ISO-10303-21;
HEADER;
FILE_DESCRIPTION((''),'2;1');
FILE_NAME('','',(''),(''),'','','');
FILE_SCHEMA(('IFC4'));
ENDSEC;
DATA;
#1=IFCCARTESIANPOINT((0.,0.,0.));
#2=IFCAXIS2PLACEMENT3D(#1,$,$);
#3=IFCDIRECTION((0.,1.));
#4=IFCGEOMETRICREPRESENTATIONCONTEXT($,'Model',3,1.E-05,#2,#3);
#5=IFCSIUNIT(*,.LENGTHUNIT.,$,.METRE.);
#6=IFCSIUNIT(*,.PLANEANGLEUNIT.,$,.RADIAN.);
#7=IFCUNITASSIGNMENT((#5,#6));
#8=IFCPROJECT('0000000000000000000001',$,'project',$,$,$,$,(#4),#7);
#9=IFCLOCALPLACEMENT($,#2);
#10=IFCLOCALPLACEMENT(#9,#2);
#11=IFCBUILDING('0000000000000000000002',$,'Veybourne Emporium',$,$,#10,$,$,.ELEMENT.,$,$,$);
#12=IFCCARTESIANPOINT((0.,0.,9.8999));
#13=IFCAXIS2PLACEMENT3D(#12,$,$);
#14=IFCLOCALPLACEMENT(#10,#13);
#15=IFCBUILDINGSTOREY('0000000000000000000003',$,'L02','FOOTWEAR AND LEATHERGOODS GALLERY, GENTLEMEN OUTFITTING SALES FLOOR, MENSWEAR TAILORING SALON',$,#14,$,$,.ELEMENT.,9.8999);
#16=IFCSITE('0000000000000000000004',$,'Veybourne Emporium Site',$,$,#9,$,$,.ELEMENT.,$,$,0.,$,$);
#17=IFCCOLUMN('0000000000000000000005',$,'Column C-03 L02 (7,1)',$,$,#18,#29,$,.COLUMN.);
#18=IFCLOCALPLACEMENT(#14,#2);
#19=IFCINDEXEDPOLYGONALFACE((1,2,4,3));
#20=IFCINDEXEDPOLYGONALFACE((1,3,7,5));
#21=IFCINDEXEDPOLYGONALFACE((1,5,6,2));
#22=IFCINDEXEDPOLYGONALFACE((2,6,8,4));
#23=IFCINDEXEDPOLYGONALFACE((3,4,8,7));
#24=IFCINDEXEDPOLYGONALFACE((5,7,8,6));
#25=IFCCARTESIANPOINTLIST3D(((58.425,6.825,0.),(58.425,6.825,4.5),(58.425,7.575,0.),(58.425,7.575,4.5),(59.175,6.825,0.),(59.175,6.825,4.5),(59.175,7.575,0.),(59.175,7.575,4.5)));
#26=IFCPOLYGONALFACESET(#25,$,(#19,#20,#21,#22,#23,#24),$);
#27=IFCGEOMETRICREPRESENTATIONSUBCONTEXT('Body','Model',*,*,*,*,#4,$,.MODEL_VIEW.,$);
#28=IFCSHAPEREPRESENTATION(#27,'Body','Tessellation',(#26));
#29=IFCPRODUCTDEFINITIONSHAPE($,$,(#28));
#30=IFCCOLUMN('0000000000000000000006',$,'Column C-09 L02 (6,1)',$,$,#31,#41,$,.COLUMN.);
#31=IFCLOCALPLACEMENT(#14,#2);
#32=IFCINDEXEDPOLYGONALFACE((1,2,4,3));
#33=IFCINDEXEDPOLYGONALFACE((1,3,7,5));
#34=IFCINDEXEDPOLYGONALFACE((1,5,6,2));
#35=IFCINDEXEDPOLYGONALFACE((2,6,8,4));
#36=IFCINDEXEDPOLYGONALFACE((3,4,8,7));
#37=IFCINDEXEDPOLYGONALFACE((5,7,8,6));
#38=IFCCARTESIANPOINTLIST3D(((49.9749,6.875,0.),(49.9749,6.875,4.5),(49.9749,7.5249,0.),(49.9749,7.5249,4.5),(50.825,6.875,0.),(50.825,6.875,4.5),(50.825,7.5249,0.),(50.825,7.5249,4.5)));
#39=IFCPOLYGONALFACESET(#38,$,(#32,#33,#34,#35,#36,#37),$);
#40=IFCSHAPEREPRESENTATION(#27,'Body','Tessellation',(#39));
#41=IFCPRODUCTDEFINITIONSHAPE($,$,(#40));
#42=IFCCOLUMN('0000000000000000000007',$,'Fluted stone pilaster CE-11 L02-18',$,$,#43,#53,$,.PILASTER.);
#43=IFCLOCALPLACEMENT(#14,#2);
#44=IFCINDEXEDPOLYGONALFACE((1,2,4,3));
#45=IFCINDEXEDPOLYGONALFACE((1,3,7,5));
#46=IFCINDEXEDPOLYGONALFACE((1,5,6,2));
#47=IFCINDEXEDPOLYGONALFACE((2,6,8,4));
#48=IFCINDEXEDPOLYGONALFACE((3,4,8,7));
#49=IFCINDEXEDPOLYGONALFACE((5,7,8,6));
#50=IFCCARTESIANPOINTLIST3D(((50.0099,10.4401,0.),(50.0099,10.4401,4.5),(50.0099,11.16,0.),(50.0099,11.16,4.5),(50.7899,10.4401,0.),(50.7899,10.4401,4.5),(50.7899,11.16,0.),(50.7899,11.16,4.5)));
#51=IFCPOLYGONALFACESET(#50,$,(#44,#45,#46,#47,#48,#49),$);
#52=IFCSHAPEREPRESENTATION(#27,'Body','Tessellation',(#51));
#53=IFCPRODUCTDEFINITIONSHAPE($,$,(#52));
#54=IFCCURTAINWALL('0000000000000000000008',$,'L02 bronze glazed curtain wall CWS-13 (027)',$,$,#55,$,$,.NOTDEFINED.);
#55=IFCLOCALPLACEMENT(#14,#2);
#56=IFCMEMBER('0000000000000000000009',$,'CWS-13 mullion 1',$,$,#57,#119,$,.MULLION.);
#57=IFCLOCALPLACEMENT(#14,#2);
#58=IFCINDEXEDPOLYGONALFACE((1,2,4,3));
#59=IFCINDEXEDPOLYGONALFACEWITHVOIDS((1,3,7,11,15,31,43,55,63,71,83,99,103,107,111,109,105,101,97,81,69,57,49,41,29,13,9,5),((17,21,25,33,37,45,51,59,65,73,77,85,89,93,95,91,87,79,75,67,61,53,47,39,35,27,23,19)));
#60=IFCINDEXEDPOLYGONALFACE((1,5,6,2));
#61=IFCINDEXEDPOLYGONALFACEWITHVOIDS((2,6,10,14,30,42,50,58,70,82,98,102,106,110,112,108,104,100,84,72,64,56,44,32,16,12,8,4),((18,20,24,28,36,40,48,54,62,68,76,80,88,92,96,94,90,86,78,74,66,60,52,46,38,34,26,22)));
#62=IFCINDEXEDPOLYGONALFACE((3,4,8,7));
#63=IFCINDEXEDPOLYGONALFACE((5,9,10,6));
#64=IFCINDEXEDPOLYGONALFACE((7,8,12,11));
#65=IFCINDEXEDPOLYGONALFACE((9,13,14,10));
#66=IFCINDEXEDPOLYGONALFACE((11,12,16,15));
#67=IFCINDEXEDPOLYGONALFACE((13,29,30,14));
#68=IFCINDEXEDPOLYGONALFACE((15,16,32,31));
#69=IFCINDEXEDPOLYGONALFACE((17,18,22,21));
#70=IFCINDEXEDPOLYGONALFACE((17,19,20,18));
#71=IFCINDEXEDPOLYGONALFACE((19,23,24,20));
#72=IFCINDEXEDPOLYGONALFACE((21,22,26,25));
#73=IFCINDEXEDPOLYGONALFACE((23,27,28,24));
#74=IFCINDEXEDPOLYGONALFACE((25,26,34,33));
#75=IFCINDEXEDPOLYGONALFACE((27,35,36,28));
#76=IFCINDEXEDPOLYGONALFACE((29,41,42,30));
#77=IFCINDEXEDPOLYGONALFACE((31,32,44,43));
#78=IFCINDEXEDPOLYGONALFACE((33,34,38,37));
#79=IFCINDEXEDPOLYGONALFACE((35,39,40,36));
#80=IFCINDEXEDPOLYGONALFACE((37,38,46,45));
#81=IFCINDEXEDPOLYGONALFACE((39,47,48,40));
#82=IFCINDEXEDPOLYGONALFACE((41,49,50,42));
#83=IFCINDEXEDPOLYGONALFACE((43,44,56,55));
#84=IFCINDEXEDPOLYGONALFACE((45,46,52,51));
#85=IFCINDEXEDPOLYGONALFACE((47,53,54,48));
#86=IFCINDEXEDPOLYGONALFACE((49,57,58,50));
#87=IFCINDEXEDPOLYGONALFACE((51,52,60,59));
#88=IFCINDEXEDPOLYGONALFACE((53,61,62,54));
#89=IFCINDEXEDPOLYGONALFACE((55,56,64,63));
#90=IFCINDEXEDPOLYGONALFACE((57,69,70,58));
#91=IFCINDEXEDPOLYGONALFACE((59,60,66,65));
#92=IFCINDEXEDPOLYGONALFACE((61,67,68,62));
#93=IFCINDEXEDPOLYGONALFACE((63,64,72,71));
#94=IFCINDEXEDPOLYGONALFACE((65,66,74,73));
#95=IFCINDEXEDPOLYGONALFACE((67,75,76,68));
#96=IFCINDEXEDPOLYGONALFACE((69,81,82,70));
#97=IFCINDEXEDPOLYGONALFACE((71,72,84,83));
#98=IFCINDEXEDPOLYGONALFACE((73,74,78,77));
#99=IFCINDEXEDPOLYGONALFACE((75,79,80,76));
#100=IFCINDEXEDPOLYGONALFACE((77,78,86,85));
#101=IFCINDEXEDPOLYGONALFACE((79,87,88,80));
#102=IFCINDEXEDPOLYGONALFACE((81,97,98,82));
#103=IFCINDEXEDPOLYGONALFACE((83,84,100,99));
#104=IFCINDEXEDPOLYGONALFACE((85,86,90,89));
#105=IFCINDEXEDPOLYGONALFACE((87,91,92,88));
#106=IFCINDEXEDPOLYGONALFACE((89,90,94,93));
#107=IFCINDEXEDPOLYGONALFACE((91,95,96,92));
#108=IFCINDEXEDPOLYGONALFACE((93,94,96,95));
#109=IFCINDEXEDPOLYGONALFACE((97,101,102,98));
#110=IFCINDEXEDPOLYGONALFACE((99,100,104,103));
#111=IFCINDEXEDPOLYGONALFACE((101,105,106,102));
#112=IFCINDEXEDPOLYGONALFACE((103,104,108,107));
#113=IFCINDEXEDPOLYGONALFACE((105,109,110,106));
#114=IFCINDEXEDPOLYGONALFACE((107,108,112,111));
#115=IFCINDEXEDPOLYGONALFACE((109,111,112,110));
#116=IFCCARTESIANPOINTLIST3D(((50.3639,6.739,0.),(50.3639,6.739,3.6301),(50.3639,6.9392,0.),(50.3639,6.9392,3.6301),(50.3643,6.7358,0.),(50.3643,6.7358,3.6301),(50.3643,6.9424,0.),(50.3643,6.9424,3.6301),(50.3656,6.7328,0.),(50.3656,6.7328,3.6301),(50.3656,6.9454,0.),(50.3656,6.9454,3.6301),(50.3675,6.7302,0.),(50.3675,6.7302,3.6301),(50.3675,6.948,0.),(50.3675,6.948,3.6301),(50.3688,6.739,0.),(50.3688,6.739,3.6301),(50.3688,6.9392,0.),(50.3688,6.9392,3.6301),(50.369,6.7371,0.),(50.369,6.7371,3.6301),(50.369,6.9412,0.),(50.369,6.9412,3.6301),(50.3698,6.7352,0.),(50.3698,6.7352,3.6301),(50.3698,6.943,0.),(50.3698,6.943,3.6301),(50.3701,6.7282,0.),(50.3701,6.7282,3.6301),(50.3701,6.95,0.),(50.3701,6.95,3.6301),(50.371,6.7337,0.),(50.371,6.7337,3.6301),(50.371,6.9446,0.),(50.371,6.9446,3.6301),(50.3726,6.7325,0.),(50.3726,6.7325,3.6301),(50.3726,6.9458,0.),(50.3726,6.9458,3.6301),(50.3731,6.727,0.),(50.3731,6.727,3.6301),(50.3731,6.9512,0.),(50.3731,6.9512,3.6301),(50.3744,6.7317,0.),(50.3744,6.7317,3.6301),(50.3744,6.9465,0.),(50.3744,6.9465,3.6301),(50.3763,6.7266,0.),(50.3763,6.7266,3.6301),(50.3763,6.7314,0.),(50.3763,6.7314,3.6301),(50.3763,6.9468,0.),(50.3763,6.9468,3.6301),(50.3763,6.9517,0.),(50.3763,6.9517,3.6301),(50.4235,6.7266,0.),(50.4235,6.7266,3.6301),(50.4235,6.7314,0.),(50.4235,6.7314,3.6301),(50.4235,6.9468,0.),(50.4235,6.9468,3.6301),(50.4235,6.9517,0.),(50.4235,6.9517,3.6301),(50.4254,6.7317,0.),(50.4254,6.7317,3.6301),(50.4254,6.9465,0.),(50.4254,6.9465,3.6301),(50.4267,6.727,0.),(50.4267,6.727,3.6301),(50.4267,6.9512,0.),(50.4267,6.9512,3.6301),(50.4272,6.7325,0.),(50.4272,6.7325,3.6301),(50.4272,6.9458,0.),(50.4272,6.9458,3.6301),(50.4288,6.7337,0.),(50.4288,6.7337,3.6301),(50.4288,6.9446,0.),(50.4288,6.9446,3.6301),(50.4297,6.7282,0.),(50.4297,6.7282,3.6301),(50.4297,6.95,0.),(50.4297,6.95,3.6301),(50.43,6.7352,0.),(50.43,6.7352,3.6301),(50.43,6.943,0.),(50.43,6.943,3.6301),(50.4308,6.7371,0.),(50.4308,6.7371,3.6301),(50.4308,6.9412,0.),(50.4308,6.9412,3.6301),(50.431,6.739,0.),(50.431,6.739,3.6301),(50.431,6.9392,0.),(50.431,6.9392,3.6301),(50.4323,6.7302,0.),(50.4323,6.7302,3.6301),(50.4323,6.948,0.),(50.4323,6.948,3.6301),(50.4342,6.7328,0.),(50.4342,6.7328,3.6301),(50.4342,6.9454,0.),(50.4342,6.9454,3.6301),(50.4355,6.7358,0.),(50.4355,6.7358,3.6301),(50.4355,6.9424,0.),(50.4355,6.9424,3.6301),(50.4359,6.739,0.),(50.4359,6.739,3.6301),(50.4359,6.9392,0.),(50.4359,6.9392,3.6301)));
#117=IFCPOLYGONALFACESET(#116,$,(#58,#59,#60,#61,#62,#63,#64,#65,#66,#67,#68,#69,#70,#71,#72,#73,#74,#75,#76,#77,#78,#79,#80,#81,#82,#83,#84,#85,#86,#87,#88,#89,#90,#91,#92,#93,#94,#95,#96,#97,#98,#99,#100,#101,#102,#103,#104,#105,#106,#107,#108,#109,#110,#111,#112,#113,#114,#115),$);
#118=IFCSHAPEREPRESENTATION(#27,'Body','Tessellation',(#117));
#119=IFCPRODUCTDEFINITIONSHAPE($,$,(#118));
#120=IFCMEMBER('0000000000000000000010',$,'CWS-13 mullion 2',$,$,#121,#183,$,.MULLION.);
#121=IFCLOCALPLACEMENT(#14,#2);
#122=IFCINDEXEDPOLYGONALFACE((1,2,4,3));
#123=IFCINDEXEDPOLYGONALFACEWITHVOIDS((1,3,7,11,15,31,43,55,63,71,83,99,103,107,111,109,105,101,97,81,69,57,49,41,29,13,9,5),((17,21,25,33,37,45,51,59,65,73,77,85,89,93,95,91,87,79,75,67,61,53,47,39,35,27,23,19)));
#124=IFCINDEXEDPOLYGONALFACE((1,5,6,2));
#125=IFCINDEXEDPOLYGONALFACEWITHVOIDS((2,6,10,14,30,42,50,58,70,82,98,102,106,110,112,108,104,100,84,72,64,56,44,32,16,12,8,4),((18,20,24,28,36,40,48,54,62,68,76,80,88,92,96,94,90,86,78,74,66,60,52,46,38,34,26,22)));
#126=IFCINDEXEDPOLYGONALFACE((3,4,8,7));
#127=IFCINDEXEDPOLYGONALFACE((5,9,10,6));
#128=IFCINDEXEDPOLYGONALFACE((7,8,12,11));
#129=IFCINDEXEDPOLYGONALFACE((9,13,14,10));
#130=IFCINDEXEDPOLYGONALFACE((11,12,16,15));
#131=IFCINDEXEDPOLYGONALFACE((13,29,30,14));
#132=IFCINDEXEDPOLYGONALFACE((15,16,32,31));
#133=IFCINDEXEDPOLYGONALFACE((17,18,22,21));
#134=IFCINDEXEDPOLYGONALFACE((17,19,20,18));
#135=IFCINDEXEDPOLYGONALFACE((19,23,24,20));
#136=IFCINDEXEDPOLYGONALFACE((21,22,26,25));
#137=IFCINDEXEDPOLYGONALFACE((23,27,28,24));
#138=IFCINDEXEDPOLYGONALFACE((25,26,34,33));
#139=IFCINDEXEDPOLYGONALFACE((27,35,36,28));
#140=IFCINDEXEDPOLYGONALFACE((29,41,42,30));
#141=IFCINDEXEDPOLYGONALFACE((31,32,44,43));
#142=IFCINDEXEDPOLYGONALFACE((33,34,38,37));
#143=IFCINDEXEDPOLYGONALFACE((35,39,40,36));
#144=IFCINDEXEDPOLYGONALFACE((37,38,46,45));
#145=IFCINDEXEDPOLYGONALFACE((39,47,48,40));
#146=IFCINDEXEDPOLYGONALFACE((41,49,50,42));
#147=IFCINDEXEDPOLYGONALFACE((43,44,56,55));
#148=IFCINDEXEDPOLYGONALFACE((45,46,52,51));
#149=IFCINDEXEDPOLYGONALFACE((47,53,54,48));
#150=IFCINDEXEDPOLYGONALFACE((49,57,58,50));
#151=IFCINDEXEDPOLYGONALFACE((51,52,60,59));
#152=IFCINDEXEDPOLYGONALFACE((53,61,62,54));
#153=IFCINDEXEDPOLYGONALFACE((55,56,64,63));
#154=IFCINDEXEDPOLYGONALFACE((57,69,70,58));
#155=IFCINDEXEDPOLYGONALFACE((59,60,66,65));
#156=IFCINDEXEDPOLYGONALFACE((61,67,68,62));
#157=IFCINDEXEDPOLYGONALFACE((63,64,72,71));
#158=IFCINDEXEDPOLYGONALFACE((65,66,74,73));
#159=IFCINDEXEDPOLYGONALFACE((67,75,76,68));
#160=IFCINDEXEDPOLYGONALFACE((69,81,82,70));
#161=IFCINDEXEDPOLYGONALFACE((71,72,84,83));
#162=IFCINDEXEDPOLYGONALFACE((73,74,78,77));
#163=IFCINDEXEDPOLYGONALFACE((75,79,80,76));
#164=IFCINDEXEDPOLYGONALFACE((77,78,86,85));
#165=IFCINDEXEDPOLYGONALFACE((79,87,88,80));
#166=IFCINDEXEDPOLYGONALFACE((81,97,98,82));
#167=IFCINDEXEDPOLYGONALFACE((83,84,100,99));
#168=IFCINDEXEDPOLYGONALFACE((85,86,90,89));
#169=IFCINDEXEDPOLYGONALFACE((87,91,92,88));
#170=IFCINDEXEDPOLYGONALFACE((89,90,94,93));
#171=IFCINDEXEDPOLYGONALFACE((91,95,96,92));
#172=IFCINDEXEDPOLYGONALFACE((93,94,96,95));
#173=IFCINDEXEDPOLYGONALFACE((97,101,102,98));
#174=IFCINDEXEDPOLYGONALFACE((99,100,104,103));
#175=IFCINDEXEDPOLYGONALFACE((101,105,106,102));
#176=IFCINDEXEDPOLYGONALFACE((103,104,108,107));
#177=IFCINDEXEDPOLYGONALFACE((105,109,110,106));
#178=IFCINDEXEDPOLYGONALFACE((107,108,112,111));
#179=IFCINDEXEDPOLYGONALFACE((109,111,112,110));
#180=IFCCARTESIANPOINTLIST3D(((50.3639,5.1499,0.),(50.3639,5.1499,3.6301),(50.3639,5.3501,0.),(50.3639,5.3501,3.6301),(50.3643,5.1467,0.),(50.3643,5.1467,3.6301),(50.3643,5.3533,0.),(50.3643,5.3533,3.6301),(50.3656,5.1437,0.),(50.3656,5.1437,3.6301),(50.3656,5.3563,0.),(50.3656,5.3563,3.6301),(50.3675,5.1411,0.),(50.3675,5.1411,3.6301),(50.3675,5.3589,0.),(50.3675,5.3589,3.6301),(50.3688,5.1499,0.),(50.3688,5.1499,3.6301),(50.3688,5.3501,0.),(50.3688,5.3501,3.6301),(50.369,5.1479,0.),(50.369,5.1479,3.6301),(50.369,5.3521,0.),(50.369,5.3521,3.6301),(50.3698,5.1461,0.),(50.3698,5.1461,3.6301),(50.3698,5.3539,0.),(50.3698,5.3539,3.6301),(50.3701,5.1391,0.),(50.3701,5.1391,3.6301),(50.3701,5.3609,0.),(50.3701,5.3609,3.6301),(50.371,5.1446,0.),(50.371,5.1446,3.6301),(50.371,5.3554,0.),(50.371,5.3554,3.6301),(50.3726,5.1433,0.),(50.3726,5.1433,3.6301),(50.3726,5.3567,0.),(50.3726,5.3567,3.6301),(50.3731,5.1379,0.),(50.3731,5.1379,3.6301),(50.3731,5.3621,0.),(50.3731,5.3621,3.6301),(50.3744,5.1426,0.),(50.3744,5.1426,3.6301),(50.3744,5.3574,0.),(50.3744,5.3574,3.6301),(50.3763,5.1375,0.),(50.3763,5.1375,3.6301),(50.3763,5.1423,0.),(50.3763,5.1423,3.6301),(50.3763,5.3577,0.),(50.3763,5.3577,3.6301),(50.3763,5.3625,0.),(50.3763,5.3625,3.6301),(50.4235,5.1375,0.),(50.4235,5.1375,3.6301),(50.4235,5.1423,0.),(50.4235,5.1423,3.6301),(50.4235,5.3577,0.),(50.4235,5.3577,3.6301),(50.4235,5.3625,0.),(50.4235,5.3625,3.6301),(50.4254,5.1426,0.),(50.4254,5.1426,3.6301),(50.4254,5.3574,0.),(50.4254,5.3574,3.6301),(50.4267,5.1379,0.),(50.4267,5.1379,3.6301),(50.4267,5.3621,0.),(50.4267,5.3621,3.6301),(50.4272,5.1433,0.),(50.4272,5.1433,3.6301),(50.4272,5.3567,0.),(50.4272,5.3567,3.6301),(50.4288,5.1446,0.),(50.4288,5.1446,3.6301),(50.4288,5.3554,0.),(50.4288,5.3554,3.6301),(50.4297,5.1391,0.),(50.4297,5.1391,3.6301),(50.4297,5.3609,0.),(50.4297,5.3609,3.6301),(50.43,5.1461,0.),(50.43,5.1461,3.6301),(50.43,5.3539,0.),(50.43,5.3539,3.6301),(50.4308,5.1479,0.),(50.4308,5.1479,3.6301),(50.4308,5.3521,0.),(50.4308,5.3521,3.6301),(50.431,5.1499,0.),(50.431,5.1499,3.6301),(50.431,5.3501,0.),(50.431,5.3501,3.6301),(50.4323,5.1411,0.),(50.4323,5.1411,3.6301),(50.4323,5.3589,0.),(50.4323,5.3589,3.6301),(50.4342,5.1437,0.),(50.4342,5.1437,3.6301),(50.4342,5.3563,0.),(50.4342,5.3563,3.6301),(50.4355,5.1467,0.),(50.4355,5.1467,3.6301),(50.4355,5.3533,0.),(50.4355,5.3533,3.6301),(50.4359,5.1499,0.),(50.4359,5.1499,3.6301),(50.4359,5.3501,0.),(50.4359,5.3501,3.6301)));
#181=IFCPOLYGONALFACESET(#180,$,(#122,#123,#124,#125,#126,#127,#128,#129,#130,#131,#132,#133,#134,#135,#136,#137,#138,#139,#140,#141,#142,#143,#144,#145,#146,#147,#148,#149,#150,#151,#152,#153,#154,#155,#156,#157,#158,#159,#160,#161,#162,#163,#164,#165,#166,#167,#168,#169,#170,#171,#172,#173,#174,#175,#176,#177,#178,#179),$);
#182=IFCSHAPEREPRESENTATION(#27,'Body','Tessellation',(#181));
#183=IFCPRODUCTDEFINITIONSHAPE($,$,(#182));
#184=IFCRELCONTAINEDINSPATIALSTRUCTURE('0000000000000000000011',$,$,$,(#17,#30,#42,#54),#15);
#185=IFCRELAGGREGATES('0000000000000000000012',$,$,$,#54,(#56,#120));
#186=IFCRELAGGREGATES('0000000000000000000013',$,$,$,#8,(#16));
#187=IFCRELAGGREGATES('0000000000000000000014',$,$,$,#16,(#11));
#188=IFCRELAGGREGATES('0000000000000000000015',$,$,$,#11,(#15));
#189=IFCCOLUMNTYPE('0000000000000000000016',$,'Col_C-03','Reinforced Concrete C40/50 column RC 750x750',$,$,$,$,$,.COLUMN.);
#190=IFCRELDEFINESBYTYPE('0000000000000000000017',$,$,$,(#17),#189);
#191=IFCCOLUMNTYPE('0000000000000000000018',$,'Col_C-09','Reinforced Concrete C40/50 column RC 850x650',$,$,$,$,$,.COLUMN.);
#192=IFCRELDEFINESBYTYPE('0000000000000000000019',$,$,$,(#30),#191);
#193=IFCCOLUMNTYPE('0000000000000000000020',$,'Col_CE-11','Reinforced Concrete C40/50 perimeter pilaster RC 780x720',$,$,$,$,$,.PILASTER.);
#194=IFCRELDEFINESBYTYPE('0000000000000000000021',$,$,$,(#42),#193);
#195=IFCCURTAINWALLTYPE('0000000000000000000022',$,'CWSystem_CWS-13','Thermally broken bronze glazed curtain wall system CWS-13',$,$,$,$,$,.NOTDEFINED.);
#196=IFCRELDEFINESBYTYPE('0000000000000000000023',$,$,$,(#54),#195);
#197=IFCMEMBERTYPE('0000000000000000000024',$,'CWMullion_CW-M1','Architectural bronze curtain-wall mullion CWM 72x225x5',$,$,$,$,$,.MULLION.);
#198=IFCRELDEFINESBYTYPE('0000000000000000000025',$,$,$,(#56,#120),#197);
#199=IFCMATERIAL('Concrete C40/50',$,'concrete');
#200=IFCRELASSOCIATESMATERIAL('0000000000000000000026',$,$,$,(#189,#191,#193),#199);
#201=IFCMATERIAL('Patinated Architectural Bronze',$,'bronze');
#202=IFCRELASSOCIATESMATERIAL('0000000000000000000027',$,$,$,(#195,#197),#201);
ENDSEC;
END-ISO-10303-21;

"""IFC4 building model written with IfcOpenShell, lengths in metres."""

from ifc_helpers import new_model, si_unit, direction, frame, origin, origin_2d, place, context, subcontext, project, spatial, rectangle, hollow_rectangle, extrude, material, material_profile, profile_set, type_object, element, aggregate, save


model = new_model("IFC4")

# Units and contexts
model_context = context("Model", 3, precision=1e-05, world=origin(), true_north=direction((0.0, 1.0)))
body_context = subcontext(model_context, "Body", "Model", "MODEL_VIEW")
ifc_project = project(units=[si_unit("LENGTHUNIT", "METRE"), si_unit("PLANEANGLEUNIT", "RADIAN")], contexts=[model_context])

# Site, building, storey
site_placement = place(None, origin())
site = spatial("IfcSite", under=ifc_project, at=site_placement, Name="Veybourne Emporium Site", CompositionType="ELEMENT", RefElevation=0.0)
building_placement = place(site_placement, origin())
building = spatial("IfcBuilding", under=site, at=building_placement, Name="Veybourne Emporium", CompositionType="ELEMENT")
storey_placement = place(building_placement, frame((0.0, 0.0, 9.8999)))
storey = spatial("IfcBuildingStorey", under=building, at=storey_placement, Name="L02", Description="FOOTWEAR AND LEATHERGOODS GALLERY, GENTLEMEN OUTFITTING SALES FLOOR, MENSWEAR TAILORING SALON", CompositionType="ELEMENT", Elevation=9.8999)

# Columns
ifc_material_1 = material(Name="Concrete C40/50", Category="concrete")
ifc_material_profile_1 = material_profile(ifc_material_1, rectangle(XDim=0.75, YDim=0.75, at=origin_2d()), Name="RC 750x750")
ifc_profile_set_1 = profile_set([ifc_material_profile_1], Name="Concrete C40/50")
column_type_1 = type_object("IfcColumnType", Name="Col_C-03", Description="Reinforced Concrete C40/50 column RC 750x750", PredefinedType="COLUMN", material=ifc_profile_set_1)
column_1_placement = place(storey_placement, frame((58.8, 7.2, 0.0), z_axis=(0.0, 0.0, 1.0), x_axis=(1.0, 0.0, 0.0)))
element("IfcColumn", 1, at=column_1_placement, inside=storey, type_object=column_type_1, Name="Column C-03 L02 (7,1)", PredefinedType="COLUMN", context=body_context, shape_type="SweptSolid", body=[
    extrude(rectangle(XDim=0.75, YDim=0.75, at=origin_2d()), origin(), (0.0, 0.0, 1.0), 4.5),
])
ifc_material_profile_2 = material_profile(ifc_material_1, rectangle(XDim=0.8501, YDim=0.6499, at=origin_2d()), Name="RC 850x650")
ifc_profile_set_2 = profile_set([ifc_material_profile_2], Name="Concrete C40/50")
column_type_2 = type_object("IfcColumnType", Name="Col_C-09", Description="Reinforced Concrete C40/50 column RC 850x650", PredefinedType="COLUMN", material=ifc_profile_set_2)
column_2_placement = place(storey_placement, frame((50.3999, 7.2, 0.0), z_axis=(0.0, 0.0, 1.0), x_axis=(1.0, 0.0, 0.0)))
element("IfcColumn", 2, at=column_2_placement, inside=storey, type_object=column_type_2, Name="Column C-09 L02 (6,1)", PredefinedType="COLUMN", context=body_context, shape_type="SweptSolid", body=[
    extrude(rectangle(XDim=0.8501, YDim=0.6499, at=origin_2d()), origin(), (0.0, 0.0, 1.0), 4.5),
])
ifc_material_profile_3 = material_profile(ifc_material_1, rectangle(XDim=0.78, YDim=0.72, at=origin_2d()), Name="RC 780x720")
ifc_profile_set_3 = profile_set([ifc_material_profile_3], Name="Concrete C40/50")
column_type_3 = type_object("IfcColumnType", Name="Col_CE-11", Description="Reinforced Concrete C40/50 perimeter pilaster RC 780x720", PredefinedType="PILASTER", material=ifc_profile_set_3)
column_3_placement = place(storey_placement, frame((50.3999, 10.8, 0.0), z_axis=(0.0, 0.0, 1.0), x_axis=(1.0, 0.0, 0.0)))
element("IfcColumn", 3, at=column_3_placement, inside=storey, type_object=column_type_3, Name="Fluted stone pilaster CE-11 L02-18", PredefinedType="PILASTER", context=body_context, shape_type="SweptSolid", body=[
    extrude(rectangle(XDim=0.78, YDim=0.72, at=origin_2d()), origin(), (0.0, 0.0, 1.0), 4.5),
])

# Curtain wall, members
ifc_material_2 = material(Name="Patinated Architectural Bronze", Category="bronze")
curtain_wall_type_1 = type_object("IfcCurtainWallType", Name="CWSystem_CWS-13", Description="Thermally broken bronze glazed curtain wall system CWS-13", PredefinedType="NOTDEFINED", material=ifc_material_2)
curtain_wall_1_placement = place(storey_placement, origin())
curtain_wall_1 = element("IfcCurtainWall", 4, at=curtain_wall_1_placement, inside=storey, type_object=curtain_wall_type_1, Name="L02 bronze glazed curtain wall CWS-13 (027)", PredefinedType="NOTDEFINED")
ifc_material_profile_4 = material_profile(ifc_material_2, hollow_rectangle(XDim=0.072, YDim=0.2251, WallThickness=0.0049, InnerFilletRadius=0.0076, OuterFilletRadius=0.0125, at=origin_2d()), Name="CWM 72x225x5")
ifc_profile_set_4 = profile_set([ifc_material_profile_4], Name="Patinated Architectural Bronze")
member_type_1 = type_object("IfcMemberType", Name="CWMullion_CW-M1", Description="Architectural bronze curtain-wall mullion CWM 72x225x5", PredefinedType="MULLION", material=ifc_profile_set_4)
member_1_placement = place(storey_placement, frame((50.3999, 6.8391, 0.0), z_axis=(0.0, 0.0, 1.0), x_axis=(1.0, 0.0, 0.0)))
member_1 = element("IfcMember", 5, at=member_1_placement, type_object=member_type_1, Name="CWS-13 mullion 1", PredefinedType="MULLION", context=body_context, shape_type="SweptSolid", body=[
    extrude(hollow_rectangle(XDim=0.072, YDim=0.2251, WallThickness=0.0049, InnerFilletRadius=0.0076, OuterFilletRadius=0.0125, at=origin_2d()), origin(), (0.0, 0.0, 1.0), 3.6301),
])
member_2_placement = place(storey_placement, frame((50.3999, 5.25, 0.0), z_axis=(0.0, 0.0, 1.0), x_axis=(1.0, 0.0, 0.0)))
member_2 = element("IfcMember", 6, at=member_2_placement, type_object=member_type_1, Name="CWS-13 mullion 2", PredefinedType="MULLION", context=body_context, shape_type="SweptSolid", body=[
    extrude(hollow_rectangle(XDim=0.072, YDim=0.2251, WallThickness=0.0049, InnerFilletRadius=0.0076, OuterFilletRadius=0.0125, at=origin_2d()), origin(), (0.0, 0.0, 1.0), 3.6301),
])

aggregate(curtain_wall_1, [member_1, member_2])

save(model, "model.ifc")
